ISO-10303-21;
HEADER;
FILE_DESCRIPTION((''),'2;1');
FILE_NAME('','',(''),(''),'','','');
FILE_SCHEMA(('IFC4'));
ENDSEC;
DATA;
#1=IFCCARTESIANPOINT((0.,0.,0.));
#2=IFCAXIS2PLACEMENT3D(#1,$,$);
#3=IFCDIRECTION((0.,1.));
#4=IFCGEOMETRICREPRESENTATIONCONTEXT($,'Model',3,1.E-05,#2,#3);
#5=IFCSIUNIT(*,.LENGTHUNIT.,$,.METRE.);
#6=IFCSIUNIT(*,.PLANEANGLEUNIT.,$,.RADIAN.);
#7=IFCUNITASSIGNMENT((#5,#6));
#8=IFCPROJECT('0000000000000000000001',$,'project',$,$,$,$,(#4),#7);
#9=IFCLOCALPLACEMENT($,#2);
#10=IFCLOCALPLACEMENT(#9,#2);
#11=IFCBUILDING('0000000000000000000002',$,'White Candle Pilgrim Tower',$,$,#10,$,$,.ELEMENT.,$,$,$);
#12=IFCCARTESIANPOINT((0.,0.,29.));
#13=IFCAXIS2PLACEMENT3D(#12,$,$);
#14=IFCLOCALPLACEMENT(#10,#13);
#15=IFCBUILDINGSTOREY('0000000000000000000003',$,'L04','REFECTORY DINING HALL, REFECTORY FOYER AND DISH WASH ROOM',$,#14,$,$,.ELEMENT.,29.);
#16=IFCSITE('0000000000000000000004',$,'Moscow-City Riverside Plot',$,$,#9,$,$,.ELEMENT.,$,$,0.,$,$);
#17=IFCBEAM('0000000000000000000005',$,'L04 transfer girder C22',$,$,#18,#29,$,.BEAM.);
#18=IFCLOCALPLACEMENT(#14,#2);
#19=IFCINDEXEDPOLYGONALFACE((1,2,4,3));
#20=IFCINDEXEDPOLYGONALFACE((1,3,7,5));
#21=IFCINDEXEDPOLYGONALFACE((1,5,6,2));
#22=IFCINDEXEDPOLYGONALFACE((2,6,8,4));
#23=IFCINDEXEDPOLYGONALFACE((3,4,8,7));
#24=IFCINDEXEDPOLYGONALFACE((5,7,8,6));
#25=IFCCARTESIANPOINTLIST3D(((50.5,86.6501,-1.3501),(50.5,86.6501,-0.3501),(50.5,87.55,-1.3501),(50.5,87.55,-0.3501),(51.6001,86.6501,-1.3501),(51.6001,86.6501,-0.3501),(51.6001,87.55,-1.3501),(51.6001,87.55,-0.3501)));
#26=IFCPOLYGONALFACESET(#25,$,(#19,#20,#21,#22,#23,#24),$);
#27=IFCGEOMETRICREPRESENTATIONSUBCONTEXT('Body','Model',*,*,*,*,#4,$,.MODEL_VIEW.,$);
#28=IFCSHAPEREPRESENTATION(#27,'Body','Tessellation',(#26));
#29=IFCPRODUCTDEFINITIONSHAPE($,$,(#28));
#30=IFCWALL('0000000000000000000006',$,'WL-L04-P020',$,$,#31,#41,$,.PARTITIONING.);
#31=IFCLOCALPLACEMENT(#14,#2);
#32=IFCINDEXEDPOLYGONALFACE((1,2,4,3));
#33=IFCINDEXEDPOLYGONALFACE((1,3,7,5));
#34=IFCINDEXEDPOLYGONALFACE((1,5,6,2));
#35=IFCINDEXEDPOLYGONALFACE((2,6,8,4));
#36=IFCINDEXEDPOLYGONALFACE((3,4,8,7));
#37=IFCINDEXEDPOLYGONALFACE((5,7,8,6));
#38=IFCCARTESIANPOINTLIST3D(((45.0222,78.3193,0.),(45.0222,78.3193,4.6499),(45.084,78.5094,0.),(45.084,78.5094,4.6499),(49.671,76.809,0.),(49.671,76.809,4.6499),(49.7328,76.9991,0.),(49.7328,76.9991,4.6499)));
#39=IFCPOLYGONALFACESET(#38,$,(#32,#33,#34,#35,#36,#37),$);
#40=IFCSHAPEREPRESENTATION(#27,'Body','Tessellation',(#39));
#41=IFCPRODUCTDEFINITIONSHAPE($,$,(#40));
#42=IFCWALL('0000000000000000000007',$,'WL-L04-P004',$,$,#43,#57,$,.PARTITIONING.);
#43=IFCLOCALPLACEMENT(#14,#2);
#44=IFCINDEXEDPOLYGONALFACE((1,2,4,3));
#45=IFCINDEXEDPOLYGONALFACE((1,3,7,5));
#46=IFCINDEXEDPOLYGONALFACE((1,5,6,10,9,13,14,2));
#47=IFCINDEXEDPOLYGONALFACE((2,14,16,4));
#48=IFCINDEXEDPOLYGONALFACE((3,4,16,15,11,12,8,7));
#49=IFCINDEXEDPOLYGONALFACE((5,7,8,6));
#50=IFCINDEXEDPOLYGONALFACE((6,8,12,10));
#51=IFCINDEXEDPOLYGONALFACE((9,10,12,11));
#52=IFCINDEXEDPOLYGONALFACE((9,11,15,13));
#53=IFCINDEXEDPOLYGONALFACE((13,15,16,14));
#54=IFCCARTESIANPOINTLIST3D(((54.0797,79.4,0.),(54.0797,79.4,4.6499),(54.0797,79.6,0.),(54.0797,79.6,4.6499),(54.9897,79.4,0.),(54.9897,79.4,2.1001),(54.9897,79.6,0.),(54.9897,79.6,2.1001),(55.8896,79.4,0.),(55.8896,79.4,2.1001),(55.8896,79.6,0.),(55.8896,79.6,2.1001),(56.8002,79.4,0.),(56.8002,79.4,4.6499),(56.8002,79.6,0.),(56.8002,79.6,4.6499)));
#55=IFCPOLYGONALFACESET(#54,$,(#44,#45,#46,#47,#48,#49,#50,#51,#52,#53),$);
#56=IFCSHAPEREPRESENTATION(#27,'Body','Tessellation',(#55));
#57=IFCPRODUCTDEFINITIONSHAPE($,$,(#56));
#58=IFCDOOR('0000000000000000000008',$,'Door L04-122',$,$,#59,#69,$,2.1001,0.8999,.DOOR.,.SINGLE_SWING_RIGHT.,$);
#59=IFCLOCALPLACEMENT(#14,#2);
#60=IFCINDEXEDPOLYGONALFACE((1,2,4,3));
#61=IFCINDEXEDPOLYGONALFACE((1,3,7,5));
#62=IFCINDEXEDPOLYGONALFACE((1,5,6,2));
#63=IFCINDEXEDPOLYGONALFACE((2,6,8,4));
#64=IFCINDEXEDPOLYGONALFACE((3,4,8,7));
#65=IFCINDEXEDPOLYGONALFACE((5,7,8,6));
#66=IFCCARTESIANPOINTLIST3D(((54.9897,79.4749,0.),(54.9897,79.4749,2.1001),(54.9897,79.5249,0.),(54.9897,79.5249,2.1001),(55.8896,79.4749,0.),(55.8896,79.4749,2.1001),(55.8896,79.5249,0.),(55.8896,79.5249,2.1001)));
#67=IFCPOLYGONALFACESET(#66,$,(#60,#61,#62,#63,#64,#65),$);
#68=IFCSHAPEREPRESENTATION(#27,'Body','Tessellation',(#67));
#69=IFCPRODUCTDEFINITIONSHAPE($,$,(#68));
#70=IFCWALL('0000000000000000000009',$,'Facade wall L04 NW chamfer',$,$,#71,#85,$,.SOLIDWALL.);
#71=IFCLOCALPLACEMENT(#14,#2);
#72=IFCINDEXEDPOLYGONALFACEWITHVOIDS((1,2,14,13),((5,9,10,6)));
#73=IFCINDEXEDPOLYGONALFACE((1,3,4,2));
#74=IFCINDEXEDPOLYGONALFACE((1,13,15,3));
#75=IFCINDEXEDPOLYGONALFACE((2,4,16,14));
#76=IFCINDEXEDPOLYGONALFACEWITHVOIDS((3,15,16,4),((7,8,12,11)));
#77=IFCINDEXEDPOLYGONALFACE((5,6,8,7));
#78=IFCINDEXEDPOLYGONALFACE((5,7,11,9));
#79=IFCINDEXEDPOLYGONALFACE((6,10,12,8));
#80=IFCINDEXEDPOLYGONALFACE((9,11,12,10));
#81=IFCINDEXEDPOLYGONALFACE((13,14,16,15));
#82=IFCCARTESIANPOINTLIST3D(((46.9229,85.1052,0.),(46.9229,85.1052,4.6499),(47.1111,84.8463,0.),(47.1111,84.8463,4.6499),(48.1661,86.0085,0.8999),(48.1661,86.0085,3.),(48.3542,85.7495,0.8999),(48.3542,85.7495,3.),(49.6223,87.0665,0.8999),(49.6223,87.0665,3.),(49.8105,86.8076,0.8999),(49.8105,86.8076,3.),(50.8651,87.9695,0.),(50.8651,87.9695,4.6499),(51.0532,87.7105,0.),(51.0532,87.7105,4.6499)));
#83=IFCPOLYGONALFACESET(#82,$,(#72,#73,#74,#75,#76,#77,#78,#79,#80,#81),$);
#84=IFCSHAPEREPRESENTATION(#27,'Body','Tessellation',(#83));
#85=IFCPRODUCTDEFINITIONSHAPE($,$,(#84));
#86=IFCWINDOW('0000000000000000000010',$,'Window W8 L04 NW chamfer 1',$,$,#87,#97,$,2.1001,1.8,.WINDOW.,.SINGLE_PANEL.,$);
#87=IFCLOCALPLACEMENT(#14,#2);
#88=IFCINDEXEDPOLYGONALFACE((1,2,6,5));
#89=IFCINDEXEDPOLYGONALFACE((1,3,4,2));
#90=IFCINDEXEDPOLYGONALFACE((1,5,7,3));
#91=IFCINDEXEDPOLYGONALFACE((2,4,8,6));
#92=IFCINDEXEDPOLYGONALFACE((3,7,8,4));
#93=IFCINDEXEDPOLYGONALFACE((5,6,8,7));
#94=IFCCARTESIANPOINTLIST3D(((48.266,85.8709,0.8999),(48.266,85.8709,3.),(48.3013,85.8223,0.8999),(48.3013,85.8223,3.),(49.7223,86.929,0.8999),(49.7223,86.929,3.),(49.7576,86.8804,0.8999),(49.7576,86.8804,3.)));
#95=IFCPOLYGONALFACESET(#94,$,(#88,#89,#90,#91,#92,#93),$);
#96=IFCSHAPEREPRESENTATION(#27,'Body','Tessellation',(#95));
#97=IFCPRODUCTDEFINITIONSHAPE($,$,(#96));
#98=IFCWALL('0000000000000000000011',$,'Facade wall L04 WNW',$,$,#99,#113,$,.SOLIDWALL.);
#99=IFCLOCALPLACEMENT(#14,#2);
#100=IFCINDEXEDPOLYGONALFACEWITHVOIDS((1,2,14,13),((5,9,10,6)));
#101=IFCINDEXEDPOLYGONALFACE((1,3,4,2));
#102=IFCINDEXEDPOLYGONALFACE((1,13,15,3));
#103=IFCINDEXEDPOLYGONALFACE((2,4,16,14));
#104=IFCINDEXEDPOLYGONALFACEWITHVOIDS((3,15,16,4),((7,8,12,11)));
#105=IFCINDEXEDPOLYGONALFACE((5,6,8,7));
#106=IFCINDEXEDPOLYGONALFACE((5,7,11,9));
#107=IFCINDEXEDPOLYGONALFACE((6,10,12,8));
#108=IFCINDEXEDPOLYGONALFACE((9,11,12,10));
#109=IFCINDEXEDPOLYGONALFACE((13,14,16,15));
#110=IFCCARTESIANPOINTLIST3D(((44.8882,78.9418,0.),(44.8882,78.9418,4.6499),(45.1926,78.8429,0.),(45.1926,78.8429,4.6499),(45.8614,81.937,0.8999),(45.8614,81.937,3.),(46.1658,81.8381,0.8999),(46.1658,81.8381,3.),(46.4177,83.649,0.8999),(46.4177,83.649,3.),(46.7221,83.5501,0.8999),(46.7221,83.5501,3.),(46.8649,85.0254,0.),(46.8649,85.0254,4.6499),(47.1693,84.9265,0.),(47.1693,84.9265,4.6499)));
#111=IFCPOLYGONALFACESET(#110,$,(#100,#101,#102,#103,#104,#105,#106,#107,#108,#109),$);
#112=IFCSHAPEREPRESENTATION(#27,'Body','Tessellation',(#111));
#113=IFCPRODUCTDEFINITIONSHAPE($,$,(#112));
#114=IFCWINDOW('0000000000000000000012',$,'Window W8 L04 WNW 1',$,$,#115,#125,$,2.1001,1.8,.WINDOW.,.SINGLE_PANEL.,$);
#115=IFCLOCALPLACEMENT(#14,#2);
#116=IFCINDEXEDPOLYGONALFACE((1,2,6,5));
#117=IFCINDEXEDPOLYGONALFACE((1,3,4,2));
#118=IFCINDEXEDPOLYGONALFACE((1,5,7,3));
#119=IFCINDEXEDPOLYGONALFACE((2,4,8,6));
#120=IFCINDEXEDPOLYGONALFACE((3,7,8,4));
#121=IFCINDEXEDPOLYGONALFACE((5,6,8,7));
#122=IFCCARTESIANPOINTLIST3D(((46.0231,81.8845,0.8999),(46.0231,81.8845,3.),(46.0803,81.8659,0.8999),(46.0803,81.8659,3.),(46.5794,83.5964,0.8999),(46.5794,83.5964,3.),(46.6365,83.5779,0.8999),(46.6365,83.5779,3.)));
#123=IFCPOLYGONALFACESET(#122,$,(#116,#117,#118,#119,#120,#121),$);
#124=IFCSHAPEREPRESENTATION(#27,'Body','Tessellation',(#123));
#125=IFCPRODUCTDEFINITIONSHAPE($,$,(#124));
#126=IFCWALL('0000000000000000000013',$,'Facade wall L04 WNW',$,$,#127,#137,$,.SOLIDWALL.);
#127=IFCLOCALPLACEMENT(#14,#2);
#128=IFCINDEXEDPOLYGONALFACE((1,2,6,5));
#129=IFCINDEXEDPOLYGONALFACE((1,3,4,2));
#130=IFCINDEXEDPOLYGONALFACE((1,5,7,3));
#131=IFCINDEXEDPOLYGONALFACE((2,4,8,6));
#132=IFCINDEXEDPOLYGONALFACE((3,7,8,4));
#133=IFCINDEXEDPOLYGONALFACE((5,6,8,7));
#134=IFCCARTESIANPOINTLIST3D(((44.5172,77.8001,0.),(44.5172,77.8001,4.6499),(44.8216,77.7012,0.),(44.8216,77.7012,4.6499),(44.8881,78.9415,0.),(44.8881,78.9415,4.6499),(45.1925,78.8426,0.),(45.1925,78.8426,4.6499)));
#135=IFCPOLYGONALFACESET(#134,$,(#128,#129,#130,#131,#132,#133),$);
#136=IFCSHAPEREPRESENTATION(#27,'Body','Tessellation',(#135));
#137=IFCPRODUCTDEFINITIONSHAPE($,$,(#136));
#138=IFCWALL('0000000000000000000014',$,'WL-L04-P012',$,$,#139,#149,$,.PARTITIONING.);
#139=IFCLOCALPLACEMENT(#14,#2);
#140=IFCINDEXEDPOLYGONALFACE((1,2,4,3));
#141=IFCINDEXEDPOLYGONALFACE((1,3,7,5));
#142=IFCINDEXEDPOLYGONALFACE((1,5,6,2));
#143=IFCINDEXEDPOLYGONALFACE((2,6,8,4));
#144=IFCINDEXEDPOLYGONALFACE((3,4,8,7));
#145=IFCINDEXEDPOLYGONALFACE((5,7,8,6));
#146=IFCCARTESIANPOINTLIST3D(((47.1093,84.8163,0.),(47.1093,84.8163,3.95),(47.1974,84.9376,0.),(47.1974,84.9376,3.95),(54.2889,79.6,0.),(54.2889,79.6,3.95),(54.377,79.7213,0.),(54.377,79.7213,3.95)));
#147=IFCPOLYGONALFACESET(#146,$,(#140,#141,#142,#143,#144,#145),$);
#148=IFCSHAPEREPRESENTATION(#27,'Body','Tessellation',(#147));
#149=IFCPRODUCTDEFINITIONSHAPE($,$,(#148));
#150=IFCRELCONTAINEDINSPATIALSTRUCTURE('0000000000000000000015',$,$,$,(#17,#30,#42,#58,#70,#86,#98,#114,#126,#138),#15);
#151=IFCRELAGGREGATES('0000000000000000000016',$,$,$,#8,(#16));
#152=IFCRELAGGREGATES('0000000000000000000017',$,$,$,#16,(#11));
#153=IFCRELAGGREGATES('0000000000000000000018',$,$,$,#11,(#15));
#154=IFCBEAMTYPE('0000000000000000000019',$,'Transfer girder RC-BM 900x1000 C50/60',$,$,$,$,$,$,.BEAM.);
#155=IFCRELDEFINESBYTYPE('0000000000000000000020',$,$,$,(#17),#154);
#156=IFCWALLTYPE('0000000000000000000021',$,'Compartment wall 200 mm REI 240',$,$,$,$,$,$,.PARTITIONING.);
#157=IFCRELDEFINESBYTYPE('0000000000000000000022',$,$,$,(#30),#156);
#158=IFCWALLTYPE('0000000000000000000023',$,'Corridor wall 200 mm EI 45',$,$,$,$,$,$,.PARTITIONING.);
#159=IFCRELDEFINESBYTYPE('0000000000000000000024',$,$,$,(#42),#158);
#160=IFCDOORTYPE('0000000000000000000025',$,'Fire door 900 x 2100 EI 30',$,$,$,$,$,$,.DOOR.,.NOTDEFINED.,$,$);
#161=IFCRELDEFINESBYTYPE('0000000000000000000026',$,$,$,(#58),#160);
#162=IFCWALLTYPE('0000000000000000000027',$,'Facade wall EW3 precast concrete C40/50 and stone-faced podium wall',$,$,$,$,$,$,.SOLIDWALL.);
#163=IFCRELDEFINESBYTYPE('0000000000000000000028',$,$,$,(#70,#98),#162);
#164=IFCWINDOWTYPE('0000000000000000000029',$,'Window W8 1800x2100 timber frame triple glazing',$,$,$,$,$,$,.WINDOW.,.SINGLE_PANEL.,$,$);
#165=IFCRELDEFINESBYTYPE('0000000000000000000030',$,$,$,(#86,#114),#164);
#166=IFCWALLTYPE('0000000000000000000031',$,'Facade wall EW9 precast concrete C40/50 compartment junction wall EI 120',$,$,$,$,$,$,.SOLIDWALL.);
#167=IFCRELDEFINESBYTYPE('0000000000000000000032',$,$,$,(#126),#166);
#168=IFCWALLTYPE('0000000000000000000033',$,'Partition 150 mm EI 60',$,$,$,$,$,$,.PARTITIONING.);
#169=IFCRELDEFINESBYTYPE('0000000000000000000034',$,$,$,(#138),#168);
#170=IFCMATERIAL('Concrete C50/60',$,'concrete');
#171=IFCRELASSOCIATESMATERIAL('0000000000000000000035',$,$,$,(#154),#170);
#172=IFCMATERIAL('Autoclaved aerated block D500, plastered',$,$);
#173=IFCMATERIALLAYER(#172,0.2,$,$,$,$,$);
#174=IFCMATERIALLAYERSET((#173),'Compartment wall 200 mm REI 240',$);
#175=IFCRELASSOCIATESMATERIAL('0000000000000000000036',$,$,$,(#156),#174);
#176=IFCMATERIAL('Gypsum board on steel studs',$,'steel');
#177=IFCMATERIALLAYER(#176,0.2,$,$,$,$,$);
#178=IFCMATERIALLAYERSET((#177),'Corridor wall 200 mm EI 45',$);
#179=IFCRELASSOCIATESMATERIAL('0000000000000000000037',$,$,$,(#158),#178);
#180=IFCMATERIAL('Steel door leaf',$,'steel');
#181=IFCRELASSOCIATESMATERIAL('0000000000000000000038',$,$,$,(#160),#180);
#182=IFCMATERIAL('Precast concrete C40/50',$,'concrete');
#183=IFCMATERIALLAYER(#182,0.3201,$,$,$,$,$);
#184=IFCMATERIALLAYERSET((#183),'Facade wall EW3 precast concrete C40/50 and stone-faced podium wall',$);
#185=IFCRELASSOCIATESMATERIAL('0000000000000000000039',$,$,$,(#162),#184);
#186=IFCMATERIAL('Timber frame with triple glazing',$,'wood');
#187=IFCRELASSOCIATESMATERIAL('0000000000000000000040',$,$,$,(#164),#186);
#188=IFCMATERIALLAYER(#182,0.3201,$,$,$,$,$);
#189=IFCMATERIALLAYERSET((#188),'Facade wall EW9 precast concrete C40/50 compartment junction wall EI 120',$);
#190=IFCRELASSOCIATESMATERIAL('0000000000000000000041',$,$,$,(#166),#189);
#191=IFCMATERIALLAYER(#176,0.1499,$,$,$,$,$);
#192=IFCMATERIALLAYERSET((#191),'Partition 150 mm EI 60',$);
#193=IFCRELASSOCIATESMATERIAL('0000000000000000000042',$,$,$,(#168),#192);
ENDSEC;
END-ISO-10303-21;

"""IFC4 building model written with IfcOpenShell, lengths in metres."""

from ifc_helpers import new_model, si_unit, direction, frame, frame_2d, origin, origin_2d, place, context, subcontext, project, spatial, rectangle, extrude, material, layer, layer_set, material_profile, profile_set, type_object, element, fill, save


model = new_model("IFC4")

# Units and contexts
model_context = context("Model", 3, precision=1e-05, world=origin(), true_north=direction((0.0, 1.0)))
body_context = subcontext(model_context, "Body", "Model", "MODEL_VIEW")
ifc_project = project(units=[si_unit("LENGTHUNIT", "METRE"), si_unit("PLANEANGLEUNIT", "RADIAN")], contexts=[model_context])

# Site, building, storey
site_placement = place(None, origin())
site = spatial("IfcSite", under=ifc_project, at=site_placement, Name="Moscow-City Riverside Plot", CompositionType="ELEMENT", RefElevation=0.0)
building_placement = place(site_placement, origin())
building = spatial("IfcBuilding", under=site, at=building_placement, Name="White Candle Pilgrim Tower", CompositionType="ELEMENT")
storey_placement = place(building_placement, frame((0.0, 0.0, 29.0)))
storey = spatial("IfcBuildingStorey", under=building, at=storey_placement, Name="L04", Description="REFECTORY DINING HALL, REFECTORY FOYER AND DISH WASH ROOM", CompositionType="ELEMENT", Elevation=29.0)

# Beam
ifc_material_1 = material(Name="Concrete C50/60", Category="concrete")
ifc_material_profile_1 = material_profile(ifc_material_1, rectangle(XDim=0.8999, YDim=1.0, at=origin_2d()), Name="RC-BM 900x1000")
ifc_profile_set_1 = profile_set([ifc_material_profile_1], Name="Concrete C50/60")
beam_type_1 = type_object("IfcBeamType", Name="Transfer girder RC-BM 900x1000 C50/60", PredefinedType="BEAM", material=ifc_profile_set_1)
beam_1_placement = place(storey_placement, frame((50.5, 87.1001, -0.8501), z_axis=(1.0, 0.0, 0.0), x_axis=(0.0, 1.0, 0.0)))
element("IfcBeam", 1, at=beam_1_placement, inside=storey, type_object=beam_type_1, Name="L04 transfer girder C22", PredefinedType="BEAM", context=body_context, shape_type="SweptSolid", body=[
    extrude(rectangle(XDim=0.8999, YDim=1.0, at=origin_2d()), origin(), (0.0, 0.0, 1.0), 1.1001),
])

# Wall
ifc_material_2 = material(Name="Autoclaved aerated block D500, plastered")
ifc_layer_1 = layer(ifc_material_2, 0.2)
ifc_layer_set_1 = layer_set([ifc_layer_1], Name="Compartment wall 200 mm REI 240")
wall_type_1 = type_object("IfcWallType", Name="Compartment wall 200 mm REI 240", PredefinedType="PARTITIONING", material=ifc_layer_set_1)
wall_1_placement = place(storey_placement, frame((45.0532, 78.4143, 0.0), z_axis=(0.0, 0.0, 1.0), x_axis=(0.951068, -0.308981, 0.0)))
element("IfcWall", 2, at=wall_1_placement, inside=storey, type_object=wall_type_1, Name="WL-L04-P020", PredefinedType="PARTITIONING", context=body_context, shape_type="SweptSolid", body=[
    extrude(rectangle(XDim=4.8879, YDim=0.2, at=frame_2d((2.4438, 0.0))), origin(), (0.0, 0.0, 1.0), 4.6499),
])

# Wall, opening, door
ifc_material_3 = material(Name="Gypsum board on steel studs", Category="steel")
ifc_layer_2 = layer(ifc_material_3, 0.2)
ifc_layer_set_2 = layer_set([ifc_layer_2], Name="Corridor wall 200 mm EI 45")
wall_type_2 = type_object("IfcWallType", Name="Corridor wall 200 mm EI 45", PredefinedType="PARTITIONING", material=ifc_layer_set_2)
wall_2_placement = place(storey_placement, frame((54.0796, 79.5, 0.0), z_axis=(0.0, 0.0, 1.0), x_axis=(1.0, 0.0, 0.0)))
wall_2 = element("IfcWall", 3, at=wall_2_placement, inside=storey, type_object=wall_type_2, Name="WL-L04-P004", PredefinedType="PARTITIONING", context=body_context, shape_type="SweptSolid", body=[
    extrude(rectangle(XDim=2.7205, YDim=0.2, at=frame_2d((1.3604, 0.0))), origin(), (0.0, 0.0, 1.0), 4.6499),
])
opening_1_placement = place(wall_2_placement, frame((0.9102, 0.0, 0.0)))
opening_1 = element("IfcOpeningElement", 4, at=opening_1_placement, cuts=wall_2, PredefinedType="OPENING", context=body_context, shape_type="SweptSolid", body=[
    extrude(rectangle(XDim=0.8999, YDim=2.1001, at=frame_2d((0.45, 1.05))), frame((0.0, 0.1099, 0.0), z_axis=(0.0, -1.0, 0.0), x_axis=(1.0, 0.0, 0.0)), (0.0, 0.0, 1.0), 0.22),
])
ifc_material_4 = material(Name="Steel door leaf", Category="steel")
door_type = type_object("IfcDoorType", Name="Fire door 900 x 2100 EI 30", OperationType="NOTDEFINED", PredefinedType="DOOR", material=ifc_material_4)
door_placement = place(opening_1_placement, origin())
door = element("IfcDoor", 5, at=door_placement, inside=storey, type_object=door_type, Name="Door L04-122", OperationType="SINGLE_SWING_RIGHT", OverallHeight=2.1001, OverallWidth=0.8999, PredefinedType="DOOR", context=body_context, shape_type="SweptSolid", body=[
    extrude(rectangle(XDim=0.8999, YDim=2.1001, at=frame_2d((0.45, 1.05))), frame((0.0, 0.0249, 0.0), z_axis=(0.0, -1.0, 0.0), x_axis=(1.0, 0.0, 0.0)), (0.0, 0.0, 1.0), 0.05),
])
fill(opening_1, door)

# Walls, openings, windows
ifc_material_5 = material(Name="Precast concrete C40/50", Category="concrete")
ifc_layer_3 = layer(ifc_material_5, 0.3201)
ifc_layer_set_3 = layer_set([ifc_layer_3], Name="Facade wall EW3 precast concrete C40/50 and stone-faced podium wall")
wall_type_3 = type_object("IfcWallType", Name="Facade wall EW3 precast concrete C40/50 and stone-faced podium wall", PredefinedType="SOLIDWALL", material=ifc_layer_set_3)
wall_3_placement = place(storey_placement, frame((50.9592, 87.8401, 0.0), z_axis=(0.0, 0.0, 1.0), x_axis=(-0.809005, -0.587802, 0.0)))
wall_3 = element("IfcWall", 6, at=wall_3_placement, inside=storey, type_object=wall_type_3, Name="Facade wall L04 NW chamfer", PredefinedType="SOLIDWALL", context=body_context, shape_type="SweptSolid", body=[
    extrude(rectangle(XDim=4.8728, YDim=0.3201, at=frame_2d((2.4365, 0.0))), origin(), (0.0, 0.0, 1.0), 4.6499),
])
opening_2_placement = place(wall_3_placement, frame((1.5364, 0.0, 0.8999)))
opening_2 = element("IfcOpeningElement", 7, at=opening_2_placement, cuts=wall_3, PredefinedType="OPENING", context=body_context, shape_type="SweptSolid", body=[
    extrude(rectangle(XDim=1.8, YDim=2.1001, at=frame_2d((0.8999, 1.05))), frame((0.0, 0.1699, 0.0), z_axis=(0.0, -1.0, 0.0), x_axis=(1.0, 0.0, 0.0)), (0.0, 0.0, 1.0), 0.3401),
])
ifc_material_6 = material(Name="Timber frame with triple glazing", Category="wood")
window_type = type_object("IfcWindowType", Name="Window W8 1800x2100 timber frame triple glazing", PartitioningType="SINGLE_PANEL", PredefinedType="WINDOW", material=ifc_material_6)
window_1_placement = place(opening_2_placement, origin())
window_1 = element("IfcWindow", 8, at=window_1_placement, inside=storey, type_object=window_type, Name="Window W8 L04 NW chamfer 1", OverallHeight=2.1001, OverallWidth=1.8, PartitioningType="SINGLE_PANEL", PredefinedType="WINDOW", context=body_context, shape_type="SweptSolid", body=[
    extrude(rectangle(XDim=1.8, YDim=2.1001, at=frame_2d((0.8999, 1.05))), frame((0.0, 0.0701, 0.0), z_axis=(0.0, -1.0, 0.0), x_axis=(1.0, 0.0, 0.0)), (0.0, 0.0, 1.0), 0.0601),
])
fill(opening_2, window_1)
wall_4_placement = place(storey_placement, frame((47.0171, 84.9758, 0.0), z_axis=(0.0, 0.0, 1.0), x_axis=(-0.309028, -0.951053, 0.0)))
wall_4 = element("IfcWall", 9, at=wall_4_placement, inside=storey, type_object=wall_type_3, Name="Facade wall L04 WNW", PredefinedType="SOLIDWALL", context=body_context, shape_type="SweptSolid", body=[
    extrude(rectangle(XDim=6.3967, YDim=0.3201, at=frame_2d((3.1982, 0.0))), origin(), (0.0, 0.0, 1.0), 4.6499),
])
opening_3_placement = place(wall_4_placement, frame((1.4473, 0.0, 0.8999)))
opening_3 = element("IfcOpeningElement", 10, at=opening_3_placement, cuts=wall_4, PredefinedType="OPENING", context=body_context, shape_type="SweptSolid", body=[
    extrude(rectangle(XDim=1.8, YDim=2.1001, at=frame_2d((0.8999, 1.05))), frame((0.0, 0.1699, 0.0), z_axis=(0.0, -1.0, 0.0), x_axis=(1.0, 0.0, 0.0)), (0.0, 0.0, 1.0), 0.3401),
])
window_2_placement = place(opening_3_placement, origin())
window_2 = element("IfcWindow", 11, at=window_2_placement, inside=storey, type_object=window_type, Name="Window W8 L04 WNW 1", OverallHeight=2.1001, OverallWidth=1.8, PartitioningType="SINGLE_PANEL", PredefinedType="WINDOW", context=body_context, shape_type="SweptSolid", body=[
    extrude(rectangle(XDim=1.8, YDim=2.1001, at=frame_2d((0.8999, 1.05))), frame((0.0, 0.0701, 0.0), z_axis=(0.0, -1.0, 0.0), x_axis=(1.0, 0.0, 0.0)), (0.0, 0.0, 1.0), 0.0601),
])
fill(opening_3, window_2)

# Walls
ifc_layer_4 = layer(ifc_material_5, 0.3201)
ifc_layer_set_4 = layer_set([ifc_layer_4], Name="Facade wall EW9 precast concrete C40/50 compartment junction wall EI 120")
wall_type_4 = type_object("IfcWallType", Name="Facade wall EW9 precast concrete C40/50 compartment junction wall EI 120", PredefinedType="SOLIDWALL", material=ifc_layer_set_4)
wall_5_placement = place(storey_placement, frame((45.0403, 78.8921, 0.0), z_axis=(0.0, 0.0, 1.0), x_axis=(-0.309017, -0.951056, 0.0)))
element("IfcWall", 12, at=wall_5_placement, inside=storey, type_object=wall_type_4, Name="Facade wall L04 WNW", PredefinedType="SOLIDWALL", context=body_context, shape_type="SweptSolid", body=[
    extrude(rectangle(XDim=1.2002, YDim=0.3201, at=frame_2d((0.6001, 0.0))), origin(), (0.0, 0.0, 1.0), 4.6499),
])
ifc_layer_5 = layer(ifc_material_3, 0.1499)
ifc_layer_set_5 = layer_set([ifc_layer_5], Name="Partition 150 mm EI 60")
wall_type_5 = type_object("IfcWallType", Name="Partition 150 mm EI 60", PredefinedType="PARTITIONING", material=ifc_layer_set_5)
wall_6_placement = place(storey_placement, frame((47.1533, 84.877, 0.0), z_axis=(0.0, 0.0, 1.0), x_axis=(0.809019, -0.587782, 0.0)))
element("IfcWall", 13, at=wall_6_placement, inside=storey, type_object=wall_type_5, Name="WL-L04-P012", PredefinedType="PARTITIONING", context=body_context, shape_type="SweptSolid", body=[
    extrude(rectangle(XDim=8.8745, YDim=0.1499, at=frame_2d((4.4373, 0.0))), origin(), (0.0, 0.0, 1.0), 3.95),
])

save(model, "model.ifc")
